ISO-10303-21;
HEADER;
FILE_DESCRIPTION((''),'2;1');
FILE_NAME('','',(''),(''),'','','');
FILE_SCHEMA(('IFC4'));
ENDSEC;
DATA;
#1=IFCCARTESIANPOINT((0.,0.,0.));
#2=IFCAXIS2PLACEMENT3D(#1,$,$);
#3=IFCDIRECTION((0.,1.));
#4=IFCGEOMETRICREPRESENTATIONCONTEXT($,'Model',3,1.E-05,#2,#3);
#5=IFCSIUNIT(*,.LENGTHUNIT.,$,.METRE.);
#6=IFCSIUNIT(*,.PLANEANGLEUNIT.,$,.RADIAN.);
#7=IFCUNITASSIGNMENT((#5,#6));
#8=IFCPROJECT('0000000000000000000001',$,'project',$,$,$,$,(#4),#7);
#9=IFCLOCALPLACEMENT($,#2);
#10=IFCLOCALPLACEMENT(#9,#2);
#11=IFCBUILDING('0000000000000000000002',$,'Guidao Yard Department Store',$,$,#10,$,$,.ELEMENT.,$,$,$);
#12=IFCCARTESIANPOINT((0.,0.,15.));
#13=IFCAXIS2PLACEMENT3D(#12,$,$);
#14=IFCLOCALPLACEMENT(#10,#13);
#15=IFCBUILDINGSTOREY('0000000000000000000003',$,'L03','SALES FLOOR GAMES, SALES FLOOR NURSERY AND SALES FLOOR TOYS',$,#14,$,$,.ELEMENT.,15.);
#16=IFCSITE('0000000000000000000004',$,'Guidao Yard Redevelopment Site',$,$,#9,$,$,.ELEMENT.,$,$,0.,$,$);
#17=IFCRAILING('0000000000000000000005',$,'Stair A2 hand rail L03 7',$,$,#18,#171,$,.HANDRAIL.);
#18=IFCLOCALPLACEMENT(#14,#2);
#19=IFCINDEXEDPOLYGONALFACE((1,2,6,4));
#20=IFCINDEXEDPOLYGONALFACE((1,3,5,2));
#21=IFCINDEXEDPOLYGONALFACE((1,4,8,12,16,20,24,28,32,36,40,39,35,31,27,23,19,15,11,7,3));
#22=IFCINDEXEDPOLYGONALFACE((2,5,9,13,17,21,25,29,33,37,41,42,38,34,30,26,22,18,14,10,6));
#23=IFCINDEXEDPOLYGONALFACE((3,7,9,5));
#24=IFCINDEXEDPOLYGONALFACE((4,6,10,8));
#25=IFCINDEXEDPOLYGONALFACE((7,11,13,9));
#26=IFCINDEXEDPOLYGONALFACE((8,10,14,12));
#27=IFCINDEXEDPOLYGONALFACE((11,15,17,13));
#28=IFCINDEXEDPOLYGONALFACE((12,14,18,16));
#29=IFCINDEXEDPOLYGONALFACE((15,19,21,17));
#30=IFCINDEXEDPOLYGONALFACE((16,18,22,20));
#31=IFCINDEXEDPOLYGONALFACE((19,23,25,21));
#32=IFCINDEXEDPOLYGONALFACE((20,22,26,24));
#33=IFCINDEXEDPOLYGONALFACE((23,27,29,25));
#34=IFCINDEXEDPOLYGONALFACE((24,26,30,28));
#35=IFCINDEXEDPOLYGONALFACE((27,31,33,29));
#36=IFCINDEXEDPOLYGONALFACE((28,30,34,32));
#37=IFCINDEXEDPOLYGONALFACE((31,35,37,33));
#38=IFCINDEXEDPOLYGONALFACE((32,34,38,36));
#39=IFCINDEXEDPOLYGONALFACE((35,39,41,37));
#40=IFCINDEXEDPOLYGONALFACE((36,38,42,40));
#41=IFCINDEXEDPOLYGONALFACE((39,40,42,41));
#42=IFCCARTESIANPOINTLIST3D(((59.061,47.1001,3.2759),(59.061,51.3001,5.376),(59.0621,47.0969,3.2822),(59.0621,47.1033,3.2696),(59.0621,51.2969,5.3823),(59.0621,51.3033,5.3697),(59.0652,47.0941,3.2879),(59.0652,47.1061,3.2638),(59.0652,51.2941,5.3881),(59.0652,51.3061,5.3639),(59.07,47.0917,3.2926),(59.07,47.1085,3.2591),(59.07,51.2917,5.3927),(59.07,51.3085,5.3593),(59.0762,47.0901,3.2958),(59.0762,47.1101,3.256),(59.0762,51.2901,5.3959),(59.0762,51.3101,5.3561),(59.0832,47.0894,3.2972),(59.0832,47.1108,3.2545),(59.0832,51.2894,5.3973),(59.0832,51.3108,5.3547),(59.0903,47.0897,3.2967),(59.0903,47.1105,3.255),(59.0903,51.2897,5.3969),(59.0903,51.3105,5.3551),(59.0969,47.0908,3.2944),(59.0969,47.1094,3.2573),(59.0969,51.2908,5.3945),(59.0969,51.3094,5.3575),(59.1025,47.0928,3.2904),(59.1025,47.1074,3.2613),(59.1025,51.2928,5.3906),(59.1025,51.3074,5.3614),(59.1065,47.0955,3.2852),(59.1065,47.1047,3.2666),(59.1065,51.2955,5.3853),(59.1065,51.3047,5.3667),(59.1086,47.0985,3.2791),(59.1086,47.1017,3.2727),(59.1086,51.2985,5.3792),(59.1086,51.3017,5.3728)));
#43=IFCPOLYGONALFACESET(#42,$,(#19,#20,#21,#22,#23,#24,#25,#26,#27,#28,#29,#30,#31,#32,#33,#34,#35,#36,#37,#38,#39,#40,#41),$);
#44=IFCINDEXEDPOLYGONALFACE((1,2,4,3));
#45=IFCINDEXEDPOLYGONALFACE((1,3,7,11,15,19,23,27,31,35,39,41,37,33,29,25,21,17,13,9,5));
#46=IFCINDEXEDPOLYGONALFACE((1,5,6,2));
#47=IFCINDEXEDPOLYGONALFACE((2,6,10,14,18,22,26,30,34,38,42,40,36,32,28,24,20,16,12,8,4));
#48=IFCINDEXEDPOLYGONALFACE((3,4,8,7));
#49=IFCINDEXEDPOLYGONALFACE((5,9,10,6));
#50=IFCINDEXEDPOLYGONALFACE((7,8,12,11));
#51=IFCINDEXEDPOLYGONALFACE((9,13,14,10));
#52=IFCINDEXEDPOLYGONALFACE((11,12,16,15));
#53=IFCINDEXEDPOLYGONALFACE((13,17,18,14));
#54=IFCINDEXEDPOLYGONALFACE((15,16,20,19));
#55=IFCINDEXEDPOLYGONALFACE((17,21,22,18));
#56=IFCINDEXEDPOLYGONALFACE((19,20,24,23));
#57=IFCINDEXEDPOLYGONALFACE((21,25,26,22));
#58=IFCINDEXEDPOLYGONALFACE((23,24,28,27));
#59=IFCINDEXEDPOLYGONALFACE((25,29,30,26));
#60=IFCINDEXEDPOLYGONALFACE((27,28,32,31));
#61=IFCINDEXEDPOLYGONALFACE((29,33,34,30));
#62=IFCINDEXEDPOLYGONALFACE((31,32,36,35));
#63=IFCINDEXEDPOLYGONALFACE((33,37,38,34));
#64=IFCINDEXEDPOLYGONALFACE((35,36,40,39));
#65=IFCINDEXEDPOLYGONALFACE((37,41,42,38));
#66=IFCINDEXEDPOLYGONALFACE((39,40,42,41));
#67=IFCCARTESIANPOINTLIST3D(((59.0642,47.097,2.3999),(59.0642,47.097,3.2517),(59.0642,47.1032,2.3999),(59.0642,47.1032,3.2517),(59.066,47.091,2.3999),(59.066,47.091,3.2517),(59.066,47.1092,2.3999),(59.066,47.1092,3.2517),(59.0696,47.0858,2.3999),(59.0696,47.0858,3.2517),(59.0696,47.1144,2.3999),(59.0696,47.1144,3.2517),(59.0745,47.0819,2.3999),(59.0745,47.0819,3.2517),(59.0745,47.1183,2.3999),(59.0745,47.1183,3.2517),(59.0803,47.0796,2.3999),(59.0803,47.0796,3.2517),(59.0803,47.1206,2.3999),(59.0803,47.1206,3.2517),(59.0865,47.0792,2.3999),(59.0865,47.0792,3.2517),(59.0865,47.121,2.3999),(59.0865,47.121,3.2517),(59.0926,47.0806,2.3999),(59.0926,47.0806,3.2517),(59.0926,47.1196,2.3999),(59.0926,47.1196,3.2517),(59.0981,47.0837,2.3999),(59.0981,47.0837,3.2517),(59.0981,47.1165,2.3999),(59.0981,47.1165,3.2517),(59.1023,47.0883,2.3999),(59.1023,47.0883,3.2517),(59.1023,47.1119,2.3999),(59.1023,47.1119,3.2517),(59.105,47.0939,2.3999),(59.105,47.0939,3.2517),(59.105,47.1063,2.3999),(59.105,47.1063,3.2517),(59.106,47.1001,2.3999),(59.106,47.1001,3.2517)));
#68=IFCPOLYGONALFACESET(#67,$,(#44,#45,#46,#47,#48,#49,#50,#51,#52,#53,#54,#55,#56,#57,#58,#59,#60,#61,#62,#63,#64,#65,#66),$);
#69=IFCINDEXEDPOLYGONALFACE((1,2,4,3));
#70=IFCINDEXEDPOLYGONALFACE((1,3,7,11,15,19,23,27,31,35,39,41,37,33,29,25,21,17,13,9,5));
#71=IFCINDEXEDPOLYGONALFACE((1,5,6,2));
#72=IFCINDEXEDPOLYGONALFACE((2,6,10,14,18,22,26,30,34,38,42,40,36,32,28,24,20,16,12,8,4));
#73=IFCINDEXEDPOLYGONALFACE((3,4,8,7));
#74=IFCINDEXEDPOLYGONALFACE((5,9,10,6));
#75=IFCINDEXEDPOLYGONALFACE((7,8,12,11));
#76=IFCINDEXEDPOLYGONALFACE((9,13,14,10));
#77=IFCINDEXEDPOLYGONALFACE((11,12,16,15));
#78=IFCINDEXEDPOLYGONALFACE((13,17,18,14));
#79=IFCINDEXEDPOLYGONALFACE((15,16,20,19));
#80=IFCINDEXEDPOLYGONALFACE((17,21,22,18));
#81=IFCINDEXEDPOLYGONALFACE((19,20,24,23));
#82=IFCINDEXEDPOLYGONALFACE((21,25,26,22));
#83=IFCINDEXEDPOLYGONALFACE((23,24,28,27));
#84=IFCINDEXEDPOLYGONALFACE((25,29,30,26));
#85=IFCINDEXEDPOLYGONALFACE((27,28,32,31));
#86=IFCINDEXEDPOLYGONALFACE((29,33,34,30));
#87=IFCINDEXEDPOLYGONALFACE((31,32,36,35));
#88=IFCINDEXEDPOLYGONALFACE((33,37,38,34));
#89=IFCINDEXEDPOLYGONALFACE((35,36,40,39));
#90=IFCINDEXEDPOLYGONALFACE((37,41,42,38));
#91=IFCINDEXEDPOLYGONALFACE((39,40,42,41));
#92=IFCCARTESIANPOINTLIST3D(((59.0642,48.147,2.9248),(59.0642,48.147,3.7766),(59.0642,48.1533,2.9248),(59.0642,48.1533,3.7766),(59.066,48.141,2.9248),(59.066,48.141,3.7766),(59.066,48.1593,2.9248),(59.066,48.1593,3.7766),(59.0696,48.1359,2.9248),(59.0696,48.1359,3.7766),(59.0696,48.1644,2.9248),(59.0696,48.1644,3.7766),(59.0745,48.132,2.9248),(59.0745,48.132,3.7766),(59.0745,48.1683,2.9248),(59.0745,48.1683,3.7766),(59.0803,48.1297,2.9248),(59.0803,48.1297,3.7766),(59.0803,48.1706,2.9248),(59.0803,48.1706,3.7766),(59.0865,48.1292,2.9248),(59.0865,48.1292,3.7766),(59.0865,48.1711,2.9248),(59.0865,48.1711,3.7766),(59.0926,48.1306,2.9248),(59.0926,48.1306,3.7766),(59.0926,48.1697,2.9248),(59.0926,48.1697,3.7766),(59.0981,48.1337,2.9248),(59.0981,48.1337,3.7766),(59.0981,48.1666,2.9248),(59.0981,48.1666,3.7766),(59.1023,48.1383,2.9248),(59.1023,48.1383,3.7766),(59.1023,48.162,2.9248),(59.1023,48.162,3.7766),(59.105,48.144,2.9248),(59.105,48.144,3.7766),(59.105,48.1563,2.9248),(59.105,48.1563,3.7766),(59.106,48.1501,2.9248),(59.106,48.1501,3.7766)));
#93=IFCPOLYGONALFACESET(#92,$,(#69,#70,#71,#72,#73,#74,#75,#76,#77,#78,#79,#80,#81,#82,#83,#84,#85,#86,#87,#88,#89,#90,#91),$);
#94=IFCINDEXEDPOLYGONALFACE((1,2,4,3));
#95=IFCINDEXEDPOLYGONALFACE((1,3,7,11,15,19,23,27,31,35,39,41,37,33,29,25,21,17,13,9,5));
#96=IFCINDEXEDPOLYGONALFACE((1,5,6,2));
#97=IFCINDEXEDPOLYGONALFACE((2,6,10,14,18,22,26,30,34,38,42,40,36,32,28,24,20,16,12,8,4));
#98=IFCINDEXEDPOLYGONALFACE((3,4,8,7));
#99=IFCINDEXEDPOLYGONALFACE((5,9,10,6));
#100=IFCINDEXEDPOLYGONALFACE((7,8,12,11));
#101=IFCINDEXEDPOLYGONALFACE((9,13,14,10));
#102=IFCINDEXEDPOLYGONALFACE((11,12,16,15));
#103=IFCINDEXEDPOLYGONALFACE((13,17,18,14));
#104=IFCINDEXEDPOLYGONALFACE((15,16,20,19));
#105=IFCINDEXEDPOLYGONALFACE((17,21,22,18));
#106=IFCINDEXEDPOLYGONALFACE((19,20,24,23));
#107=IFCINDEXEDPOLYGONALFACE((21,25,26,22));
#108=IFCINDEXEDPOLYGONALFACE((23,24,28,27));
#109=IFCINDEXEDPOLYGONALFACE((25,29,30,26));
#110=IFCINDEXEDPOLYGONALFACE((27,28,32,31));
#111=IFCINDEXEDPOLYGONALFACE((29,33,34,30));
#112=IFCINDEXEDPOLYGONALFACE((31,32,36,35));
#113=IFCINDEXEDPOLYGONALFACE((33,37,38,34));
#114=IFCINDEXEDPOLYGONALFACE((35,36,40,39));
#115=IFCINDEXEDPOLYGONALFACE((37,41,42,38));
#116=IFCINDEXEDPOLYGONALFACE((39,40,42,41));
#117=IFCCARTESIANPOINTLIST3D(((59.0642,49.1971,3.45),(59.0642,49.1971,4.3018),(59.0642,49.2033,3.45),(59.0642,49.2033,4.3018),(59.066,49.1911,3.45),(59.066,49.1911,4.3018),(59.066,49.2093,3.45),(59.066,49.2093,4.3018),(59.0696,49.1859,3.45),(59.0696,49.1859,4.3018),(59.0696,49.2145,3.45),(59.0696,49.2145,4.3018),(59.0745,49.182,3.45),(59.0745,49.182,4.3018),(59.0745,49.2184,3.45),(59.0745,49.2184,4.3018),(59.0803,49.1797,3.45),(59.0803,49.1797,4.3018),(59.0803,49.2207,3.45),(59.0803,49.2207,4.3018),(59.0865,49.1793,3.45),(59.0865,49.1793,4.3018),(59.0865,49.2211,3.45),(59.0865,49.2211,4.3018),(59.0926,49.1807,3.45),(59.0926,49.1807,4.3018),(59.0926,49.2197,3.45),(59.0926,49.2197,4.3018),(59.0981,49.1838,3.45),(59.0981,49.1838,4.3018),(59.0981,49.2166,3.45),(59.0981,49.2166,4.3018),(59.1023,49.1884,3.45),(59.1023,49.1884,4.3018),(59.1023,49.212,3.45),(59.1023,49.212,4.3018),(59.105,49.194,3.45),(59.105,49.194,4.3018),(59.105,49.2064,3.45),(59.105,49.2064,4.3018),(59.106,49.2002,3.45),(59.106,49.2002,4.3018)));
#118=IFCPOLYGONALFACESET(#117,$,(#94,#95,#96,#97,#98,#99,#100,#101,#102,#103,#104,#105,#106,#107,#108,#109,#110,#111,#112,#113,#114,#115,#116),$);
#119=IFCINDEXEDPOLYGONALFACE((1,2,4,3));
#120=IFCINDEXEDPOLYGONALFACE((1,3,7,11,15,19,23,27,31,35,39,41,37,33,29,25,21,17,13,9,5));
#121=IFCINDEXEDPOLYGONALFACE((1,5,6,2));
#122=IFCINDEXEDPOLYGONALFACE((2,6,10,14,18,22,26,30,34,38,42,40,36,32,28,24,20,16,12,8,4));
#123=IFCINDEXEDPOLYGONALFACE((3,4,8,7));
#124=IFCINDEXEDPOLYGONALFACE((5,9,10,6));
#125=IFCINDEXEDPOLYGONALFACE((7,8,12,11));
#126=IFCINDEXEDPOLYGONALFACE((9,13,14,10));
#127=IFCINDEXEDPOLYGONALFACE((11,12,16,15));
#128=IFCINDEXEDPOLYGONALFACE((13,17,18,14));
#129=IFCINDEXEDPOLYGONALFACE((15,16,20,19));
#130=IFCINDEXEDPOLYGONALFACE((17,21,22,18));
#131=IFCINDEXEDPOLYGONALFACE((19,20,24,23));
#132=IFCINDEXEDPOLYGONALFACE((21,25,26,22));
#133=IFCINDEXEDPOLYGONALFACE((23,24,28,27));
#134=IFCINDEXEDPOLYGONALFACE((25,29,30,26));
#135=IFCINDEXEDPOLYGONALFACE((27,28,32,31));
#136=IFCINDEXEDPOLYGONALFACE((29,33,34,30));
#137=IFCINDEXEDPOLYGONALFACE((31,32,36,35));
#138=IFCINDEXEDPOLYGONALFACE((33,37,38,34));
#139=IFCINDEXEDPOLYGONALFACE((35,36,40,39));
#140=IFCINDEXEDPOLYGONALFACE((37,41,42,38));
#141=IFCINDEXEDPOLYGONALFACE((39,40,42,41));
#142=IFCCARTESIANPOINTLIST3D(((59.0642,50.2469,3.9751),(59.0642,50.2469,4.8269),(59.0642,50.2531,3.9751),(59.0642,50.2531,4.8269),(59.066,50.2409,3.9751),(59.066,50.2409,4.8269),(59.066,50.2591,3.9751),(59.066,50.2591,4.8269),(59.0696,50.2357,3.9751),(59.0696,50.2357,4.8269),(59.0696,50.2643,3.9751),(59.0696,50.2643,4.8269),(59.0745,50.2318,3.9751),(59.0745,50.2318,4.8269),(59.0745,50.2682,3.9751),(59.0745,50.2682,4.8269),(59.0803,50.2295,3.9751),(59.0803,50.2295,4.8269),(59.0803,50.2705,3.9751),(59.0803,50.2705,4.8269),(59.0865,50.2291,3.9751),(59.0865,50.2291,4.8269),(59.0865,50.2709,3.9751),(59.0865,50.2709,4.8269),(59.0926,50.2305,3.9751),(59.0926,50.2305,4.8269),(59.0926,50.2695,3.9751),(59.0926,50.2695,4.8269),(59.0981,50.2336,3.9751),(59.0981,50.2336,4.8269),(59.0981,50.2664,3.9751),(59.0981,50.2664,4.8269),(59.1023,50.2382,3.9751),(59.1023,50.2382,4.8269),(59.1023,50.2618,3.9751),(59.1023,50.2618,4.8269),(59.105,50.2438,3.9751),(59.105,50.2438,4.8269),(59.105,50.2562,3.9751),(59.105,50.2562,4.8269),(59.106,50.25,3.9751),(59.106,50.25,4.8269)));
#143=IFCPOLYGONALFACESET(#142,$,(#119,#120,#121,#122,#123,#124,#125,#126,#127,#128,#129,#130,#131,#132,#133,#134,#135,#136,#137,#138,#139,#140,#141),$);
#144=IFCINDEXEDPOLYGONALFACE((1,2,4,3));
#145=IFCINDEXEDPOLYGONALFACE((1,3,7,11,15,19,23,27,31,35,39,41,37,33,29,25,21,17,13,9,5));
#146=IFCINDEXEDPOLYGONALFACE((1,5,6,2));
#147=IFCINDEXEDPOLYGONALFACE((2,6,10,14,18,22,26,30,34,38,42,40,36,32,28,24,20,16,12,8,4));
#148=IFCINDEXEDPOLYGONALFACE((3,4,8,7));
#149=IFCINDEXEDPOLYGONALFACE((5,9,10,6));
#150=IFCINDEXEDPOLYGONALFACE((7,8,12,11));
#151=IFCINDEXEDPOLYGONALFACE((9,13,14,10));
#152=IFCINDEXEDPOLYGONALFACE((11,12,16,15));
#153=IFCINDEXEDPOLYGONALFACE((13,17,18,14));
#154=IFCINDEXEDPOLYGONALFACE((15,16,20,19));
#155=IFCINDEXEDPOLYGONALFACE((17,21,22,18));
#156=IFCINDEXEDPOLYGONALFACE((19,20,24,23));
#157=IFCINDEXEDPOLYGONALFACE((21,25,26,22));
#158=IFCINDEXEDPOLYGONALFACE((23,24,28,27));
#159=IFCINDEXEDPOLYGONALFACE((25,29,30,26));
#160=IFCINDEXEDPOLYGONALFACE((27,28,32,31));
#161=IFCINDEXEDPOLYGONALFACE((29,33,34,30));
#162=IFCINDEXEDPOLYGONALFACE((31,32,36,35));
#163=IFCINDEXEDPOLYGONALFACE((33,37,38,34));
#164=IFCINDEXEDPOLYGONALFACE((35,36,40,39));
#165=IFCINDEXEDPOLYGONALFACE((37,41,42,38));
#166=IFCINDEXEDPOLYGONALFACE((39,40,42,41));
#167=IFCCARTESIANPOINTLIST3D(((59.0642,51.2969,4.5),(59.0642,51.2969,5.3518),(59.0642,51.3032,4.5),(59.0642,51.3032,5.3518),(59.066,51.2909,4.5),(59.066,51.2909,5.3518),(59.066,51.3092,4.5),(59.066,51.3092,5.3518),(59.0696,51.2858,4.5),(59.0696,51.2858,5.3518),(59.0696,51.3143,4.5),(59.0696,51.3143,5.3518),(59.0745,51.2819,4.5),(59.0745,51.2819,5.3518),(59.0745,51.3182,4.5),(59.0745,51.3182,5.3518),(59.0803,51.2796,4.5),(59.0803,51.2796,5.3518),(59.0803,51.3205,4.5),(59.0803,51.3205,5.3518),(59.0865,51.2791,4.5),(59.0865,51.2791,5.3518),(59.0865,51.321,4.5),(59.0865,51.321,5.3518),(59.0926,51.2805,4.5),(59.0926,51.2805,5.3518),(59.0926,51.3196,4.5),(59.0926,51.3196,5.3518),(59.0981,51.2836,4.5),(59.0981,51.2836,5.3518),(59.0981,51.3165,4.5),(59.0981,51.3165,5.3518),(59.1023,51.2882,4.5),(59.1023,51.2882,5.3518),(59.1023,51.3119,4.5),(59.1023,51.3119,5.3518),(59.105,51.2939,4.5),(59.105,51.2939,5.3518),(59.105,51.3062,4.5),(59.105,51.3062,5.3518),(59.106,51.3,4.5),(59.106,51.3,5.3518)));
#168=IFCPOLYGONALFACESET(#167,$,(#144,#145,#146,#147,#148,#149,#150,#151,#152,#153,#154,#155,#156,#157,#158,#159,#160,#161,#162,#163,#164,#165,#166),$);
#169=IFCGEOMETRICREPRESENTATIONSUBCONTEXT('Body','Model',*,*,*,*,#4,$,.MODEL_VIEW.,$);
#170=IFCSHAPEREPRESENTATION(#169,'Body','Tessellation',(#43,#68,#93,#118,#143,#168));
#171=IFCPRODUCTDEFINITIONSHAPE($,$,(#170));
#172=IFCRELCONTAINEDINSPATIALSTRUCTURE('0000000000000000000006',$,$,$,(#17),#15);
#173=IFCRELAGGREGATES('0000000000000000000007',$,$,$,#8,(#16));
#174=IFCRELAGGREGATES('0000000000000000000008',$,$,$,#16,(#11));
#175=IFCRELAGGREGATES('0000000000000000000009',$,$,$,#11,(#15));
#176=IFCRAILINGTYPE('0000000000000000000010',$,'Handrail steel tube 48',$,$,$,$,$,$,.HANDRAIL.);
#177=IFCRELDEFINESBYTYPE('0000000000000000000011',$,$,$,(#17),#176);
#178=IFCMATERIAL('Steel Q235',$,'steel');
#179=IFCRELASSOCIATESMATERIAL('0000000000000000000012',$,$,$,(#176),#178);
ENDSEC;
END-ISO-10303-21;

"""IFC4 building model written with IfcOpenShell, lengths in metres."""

from ifc_helpers import new_model, si_unit, direction, frame, origin, origin_2d, place, context, subcontext, project, spatial, circle, extrude, material, type_object, element, save


model = new_model("IFC4")

# Units and contexts
model_context = context("Model", 3, precision=1e-05, world=origin(), true_north=direction((0.0, 1.0)))
body_context = subcontext(model_context, "Body", "Model", "MODEL_VIEW")
ifc_project = project(units=[si_unit("LENGTHUNIT", "METRE"), si_unit("PLANEANGLEUNIT", "RADIAN")], contexts=[model_context])

# Site, building, storey
site_placement = place(None, origin())
site = spatial("IfcSite", under=ifc_project, at=site_placement, Name="Guidao Yard Redevelopment Site", CompositionType="ELEMENT", RefElevation=0.0)
building_placement = place(site_placement, origin())
building = spatial("IfcBuilding", under=site, at=building_placement, Name="Guidao Yard Department Store", CompositionType="ELEMENT")
storey_placement = place(building_placement, frame((0.0, 0.0, 15.0)))
storey = spatial("IfcBuildingStorey", under=building, at=storey_placement, Name="L03", Description="SALES FLOOR GAMES, SALES FLOOR NURSERY AND SALES FLOOR TOYS", CompositionType="ELEMENT", Elevation=15.0)

# Railing
ifc_material_1 = material(Name="Steel Q235", Category="steel")
railing_type = type_object("IfcRailingType", Name="Handrail steel tube 48", PredefinedType="HANDRAIL", material=ifc_material_1)
railing_placement = place(storey_placement, frame((59.085, 47.1001, 2.3999)))
element("IfcRailing", 1, at=railing_placement, inside=storey, type_object=railing_type, Name="Stair A2 hand rail L03 7", PredefinedType="HANDRAIL", context=body_context, shape_type="SweptSolid", body=[
    extrude(circle(Radius=0.0239, at=origin_2d()), frame((0.0, 0.0, 0.876), z_axis=(0.0, 0.894417, 0.447234), x_axis=(-1.0, 0.0, 0.0)), (0.0, 0.0, 1.0), 4.6958),
    extrude(circle(Radius=0.021, at=origin_2d()), origin(), (0.0, 0.0, 1.0), 0.8518),
    extrude(circle(Radius=0.021, at=origin_2d()), frame((0.0, 1.05, 0.5249)), (0.0, 0.0, 1.0), 0.8518),
    extrude(circle(Radius=0.021, at=origin_2d()), frame((0.0, 2.1001, 1.05)), (0.0, 0.0, 1.0), 0.8518),
    extrude(circle(Radius=0.021, at=origin_2d()), frame((0.0, 3.1499, 1.5752)), (0.0, 0.0, 1.0), 0.8518),
    extrude(circle(Radius=0.021, at=origin_2d()), frame((0.0, 4.2, 2.1001)), (0.0, 0.0, 1.0), 0.8518),
])

save(model, "model.ifc")
